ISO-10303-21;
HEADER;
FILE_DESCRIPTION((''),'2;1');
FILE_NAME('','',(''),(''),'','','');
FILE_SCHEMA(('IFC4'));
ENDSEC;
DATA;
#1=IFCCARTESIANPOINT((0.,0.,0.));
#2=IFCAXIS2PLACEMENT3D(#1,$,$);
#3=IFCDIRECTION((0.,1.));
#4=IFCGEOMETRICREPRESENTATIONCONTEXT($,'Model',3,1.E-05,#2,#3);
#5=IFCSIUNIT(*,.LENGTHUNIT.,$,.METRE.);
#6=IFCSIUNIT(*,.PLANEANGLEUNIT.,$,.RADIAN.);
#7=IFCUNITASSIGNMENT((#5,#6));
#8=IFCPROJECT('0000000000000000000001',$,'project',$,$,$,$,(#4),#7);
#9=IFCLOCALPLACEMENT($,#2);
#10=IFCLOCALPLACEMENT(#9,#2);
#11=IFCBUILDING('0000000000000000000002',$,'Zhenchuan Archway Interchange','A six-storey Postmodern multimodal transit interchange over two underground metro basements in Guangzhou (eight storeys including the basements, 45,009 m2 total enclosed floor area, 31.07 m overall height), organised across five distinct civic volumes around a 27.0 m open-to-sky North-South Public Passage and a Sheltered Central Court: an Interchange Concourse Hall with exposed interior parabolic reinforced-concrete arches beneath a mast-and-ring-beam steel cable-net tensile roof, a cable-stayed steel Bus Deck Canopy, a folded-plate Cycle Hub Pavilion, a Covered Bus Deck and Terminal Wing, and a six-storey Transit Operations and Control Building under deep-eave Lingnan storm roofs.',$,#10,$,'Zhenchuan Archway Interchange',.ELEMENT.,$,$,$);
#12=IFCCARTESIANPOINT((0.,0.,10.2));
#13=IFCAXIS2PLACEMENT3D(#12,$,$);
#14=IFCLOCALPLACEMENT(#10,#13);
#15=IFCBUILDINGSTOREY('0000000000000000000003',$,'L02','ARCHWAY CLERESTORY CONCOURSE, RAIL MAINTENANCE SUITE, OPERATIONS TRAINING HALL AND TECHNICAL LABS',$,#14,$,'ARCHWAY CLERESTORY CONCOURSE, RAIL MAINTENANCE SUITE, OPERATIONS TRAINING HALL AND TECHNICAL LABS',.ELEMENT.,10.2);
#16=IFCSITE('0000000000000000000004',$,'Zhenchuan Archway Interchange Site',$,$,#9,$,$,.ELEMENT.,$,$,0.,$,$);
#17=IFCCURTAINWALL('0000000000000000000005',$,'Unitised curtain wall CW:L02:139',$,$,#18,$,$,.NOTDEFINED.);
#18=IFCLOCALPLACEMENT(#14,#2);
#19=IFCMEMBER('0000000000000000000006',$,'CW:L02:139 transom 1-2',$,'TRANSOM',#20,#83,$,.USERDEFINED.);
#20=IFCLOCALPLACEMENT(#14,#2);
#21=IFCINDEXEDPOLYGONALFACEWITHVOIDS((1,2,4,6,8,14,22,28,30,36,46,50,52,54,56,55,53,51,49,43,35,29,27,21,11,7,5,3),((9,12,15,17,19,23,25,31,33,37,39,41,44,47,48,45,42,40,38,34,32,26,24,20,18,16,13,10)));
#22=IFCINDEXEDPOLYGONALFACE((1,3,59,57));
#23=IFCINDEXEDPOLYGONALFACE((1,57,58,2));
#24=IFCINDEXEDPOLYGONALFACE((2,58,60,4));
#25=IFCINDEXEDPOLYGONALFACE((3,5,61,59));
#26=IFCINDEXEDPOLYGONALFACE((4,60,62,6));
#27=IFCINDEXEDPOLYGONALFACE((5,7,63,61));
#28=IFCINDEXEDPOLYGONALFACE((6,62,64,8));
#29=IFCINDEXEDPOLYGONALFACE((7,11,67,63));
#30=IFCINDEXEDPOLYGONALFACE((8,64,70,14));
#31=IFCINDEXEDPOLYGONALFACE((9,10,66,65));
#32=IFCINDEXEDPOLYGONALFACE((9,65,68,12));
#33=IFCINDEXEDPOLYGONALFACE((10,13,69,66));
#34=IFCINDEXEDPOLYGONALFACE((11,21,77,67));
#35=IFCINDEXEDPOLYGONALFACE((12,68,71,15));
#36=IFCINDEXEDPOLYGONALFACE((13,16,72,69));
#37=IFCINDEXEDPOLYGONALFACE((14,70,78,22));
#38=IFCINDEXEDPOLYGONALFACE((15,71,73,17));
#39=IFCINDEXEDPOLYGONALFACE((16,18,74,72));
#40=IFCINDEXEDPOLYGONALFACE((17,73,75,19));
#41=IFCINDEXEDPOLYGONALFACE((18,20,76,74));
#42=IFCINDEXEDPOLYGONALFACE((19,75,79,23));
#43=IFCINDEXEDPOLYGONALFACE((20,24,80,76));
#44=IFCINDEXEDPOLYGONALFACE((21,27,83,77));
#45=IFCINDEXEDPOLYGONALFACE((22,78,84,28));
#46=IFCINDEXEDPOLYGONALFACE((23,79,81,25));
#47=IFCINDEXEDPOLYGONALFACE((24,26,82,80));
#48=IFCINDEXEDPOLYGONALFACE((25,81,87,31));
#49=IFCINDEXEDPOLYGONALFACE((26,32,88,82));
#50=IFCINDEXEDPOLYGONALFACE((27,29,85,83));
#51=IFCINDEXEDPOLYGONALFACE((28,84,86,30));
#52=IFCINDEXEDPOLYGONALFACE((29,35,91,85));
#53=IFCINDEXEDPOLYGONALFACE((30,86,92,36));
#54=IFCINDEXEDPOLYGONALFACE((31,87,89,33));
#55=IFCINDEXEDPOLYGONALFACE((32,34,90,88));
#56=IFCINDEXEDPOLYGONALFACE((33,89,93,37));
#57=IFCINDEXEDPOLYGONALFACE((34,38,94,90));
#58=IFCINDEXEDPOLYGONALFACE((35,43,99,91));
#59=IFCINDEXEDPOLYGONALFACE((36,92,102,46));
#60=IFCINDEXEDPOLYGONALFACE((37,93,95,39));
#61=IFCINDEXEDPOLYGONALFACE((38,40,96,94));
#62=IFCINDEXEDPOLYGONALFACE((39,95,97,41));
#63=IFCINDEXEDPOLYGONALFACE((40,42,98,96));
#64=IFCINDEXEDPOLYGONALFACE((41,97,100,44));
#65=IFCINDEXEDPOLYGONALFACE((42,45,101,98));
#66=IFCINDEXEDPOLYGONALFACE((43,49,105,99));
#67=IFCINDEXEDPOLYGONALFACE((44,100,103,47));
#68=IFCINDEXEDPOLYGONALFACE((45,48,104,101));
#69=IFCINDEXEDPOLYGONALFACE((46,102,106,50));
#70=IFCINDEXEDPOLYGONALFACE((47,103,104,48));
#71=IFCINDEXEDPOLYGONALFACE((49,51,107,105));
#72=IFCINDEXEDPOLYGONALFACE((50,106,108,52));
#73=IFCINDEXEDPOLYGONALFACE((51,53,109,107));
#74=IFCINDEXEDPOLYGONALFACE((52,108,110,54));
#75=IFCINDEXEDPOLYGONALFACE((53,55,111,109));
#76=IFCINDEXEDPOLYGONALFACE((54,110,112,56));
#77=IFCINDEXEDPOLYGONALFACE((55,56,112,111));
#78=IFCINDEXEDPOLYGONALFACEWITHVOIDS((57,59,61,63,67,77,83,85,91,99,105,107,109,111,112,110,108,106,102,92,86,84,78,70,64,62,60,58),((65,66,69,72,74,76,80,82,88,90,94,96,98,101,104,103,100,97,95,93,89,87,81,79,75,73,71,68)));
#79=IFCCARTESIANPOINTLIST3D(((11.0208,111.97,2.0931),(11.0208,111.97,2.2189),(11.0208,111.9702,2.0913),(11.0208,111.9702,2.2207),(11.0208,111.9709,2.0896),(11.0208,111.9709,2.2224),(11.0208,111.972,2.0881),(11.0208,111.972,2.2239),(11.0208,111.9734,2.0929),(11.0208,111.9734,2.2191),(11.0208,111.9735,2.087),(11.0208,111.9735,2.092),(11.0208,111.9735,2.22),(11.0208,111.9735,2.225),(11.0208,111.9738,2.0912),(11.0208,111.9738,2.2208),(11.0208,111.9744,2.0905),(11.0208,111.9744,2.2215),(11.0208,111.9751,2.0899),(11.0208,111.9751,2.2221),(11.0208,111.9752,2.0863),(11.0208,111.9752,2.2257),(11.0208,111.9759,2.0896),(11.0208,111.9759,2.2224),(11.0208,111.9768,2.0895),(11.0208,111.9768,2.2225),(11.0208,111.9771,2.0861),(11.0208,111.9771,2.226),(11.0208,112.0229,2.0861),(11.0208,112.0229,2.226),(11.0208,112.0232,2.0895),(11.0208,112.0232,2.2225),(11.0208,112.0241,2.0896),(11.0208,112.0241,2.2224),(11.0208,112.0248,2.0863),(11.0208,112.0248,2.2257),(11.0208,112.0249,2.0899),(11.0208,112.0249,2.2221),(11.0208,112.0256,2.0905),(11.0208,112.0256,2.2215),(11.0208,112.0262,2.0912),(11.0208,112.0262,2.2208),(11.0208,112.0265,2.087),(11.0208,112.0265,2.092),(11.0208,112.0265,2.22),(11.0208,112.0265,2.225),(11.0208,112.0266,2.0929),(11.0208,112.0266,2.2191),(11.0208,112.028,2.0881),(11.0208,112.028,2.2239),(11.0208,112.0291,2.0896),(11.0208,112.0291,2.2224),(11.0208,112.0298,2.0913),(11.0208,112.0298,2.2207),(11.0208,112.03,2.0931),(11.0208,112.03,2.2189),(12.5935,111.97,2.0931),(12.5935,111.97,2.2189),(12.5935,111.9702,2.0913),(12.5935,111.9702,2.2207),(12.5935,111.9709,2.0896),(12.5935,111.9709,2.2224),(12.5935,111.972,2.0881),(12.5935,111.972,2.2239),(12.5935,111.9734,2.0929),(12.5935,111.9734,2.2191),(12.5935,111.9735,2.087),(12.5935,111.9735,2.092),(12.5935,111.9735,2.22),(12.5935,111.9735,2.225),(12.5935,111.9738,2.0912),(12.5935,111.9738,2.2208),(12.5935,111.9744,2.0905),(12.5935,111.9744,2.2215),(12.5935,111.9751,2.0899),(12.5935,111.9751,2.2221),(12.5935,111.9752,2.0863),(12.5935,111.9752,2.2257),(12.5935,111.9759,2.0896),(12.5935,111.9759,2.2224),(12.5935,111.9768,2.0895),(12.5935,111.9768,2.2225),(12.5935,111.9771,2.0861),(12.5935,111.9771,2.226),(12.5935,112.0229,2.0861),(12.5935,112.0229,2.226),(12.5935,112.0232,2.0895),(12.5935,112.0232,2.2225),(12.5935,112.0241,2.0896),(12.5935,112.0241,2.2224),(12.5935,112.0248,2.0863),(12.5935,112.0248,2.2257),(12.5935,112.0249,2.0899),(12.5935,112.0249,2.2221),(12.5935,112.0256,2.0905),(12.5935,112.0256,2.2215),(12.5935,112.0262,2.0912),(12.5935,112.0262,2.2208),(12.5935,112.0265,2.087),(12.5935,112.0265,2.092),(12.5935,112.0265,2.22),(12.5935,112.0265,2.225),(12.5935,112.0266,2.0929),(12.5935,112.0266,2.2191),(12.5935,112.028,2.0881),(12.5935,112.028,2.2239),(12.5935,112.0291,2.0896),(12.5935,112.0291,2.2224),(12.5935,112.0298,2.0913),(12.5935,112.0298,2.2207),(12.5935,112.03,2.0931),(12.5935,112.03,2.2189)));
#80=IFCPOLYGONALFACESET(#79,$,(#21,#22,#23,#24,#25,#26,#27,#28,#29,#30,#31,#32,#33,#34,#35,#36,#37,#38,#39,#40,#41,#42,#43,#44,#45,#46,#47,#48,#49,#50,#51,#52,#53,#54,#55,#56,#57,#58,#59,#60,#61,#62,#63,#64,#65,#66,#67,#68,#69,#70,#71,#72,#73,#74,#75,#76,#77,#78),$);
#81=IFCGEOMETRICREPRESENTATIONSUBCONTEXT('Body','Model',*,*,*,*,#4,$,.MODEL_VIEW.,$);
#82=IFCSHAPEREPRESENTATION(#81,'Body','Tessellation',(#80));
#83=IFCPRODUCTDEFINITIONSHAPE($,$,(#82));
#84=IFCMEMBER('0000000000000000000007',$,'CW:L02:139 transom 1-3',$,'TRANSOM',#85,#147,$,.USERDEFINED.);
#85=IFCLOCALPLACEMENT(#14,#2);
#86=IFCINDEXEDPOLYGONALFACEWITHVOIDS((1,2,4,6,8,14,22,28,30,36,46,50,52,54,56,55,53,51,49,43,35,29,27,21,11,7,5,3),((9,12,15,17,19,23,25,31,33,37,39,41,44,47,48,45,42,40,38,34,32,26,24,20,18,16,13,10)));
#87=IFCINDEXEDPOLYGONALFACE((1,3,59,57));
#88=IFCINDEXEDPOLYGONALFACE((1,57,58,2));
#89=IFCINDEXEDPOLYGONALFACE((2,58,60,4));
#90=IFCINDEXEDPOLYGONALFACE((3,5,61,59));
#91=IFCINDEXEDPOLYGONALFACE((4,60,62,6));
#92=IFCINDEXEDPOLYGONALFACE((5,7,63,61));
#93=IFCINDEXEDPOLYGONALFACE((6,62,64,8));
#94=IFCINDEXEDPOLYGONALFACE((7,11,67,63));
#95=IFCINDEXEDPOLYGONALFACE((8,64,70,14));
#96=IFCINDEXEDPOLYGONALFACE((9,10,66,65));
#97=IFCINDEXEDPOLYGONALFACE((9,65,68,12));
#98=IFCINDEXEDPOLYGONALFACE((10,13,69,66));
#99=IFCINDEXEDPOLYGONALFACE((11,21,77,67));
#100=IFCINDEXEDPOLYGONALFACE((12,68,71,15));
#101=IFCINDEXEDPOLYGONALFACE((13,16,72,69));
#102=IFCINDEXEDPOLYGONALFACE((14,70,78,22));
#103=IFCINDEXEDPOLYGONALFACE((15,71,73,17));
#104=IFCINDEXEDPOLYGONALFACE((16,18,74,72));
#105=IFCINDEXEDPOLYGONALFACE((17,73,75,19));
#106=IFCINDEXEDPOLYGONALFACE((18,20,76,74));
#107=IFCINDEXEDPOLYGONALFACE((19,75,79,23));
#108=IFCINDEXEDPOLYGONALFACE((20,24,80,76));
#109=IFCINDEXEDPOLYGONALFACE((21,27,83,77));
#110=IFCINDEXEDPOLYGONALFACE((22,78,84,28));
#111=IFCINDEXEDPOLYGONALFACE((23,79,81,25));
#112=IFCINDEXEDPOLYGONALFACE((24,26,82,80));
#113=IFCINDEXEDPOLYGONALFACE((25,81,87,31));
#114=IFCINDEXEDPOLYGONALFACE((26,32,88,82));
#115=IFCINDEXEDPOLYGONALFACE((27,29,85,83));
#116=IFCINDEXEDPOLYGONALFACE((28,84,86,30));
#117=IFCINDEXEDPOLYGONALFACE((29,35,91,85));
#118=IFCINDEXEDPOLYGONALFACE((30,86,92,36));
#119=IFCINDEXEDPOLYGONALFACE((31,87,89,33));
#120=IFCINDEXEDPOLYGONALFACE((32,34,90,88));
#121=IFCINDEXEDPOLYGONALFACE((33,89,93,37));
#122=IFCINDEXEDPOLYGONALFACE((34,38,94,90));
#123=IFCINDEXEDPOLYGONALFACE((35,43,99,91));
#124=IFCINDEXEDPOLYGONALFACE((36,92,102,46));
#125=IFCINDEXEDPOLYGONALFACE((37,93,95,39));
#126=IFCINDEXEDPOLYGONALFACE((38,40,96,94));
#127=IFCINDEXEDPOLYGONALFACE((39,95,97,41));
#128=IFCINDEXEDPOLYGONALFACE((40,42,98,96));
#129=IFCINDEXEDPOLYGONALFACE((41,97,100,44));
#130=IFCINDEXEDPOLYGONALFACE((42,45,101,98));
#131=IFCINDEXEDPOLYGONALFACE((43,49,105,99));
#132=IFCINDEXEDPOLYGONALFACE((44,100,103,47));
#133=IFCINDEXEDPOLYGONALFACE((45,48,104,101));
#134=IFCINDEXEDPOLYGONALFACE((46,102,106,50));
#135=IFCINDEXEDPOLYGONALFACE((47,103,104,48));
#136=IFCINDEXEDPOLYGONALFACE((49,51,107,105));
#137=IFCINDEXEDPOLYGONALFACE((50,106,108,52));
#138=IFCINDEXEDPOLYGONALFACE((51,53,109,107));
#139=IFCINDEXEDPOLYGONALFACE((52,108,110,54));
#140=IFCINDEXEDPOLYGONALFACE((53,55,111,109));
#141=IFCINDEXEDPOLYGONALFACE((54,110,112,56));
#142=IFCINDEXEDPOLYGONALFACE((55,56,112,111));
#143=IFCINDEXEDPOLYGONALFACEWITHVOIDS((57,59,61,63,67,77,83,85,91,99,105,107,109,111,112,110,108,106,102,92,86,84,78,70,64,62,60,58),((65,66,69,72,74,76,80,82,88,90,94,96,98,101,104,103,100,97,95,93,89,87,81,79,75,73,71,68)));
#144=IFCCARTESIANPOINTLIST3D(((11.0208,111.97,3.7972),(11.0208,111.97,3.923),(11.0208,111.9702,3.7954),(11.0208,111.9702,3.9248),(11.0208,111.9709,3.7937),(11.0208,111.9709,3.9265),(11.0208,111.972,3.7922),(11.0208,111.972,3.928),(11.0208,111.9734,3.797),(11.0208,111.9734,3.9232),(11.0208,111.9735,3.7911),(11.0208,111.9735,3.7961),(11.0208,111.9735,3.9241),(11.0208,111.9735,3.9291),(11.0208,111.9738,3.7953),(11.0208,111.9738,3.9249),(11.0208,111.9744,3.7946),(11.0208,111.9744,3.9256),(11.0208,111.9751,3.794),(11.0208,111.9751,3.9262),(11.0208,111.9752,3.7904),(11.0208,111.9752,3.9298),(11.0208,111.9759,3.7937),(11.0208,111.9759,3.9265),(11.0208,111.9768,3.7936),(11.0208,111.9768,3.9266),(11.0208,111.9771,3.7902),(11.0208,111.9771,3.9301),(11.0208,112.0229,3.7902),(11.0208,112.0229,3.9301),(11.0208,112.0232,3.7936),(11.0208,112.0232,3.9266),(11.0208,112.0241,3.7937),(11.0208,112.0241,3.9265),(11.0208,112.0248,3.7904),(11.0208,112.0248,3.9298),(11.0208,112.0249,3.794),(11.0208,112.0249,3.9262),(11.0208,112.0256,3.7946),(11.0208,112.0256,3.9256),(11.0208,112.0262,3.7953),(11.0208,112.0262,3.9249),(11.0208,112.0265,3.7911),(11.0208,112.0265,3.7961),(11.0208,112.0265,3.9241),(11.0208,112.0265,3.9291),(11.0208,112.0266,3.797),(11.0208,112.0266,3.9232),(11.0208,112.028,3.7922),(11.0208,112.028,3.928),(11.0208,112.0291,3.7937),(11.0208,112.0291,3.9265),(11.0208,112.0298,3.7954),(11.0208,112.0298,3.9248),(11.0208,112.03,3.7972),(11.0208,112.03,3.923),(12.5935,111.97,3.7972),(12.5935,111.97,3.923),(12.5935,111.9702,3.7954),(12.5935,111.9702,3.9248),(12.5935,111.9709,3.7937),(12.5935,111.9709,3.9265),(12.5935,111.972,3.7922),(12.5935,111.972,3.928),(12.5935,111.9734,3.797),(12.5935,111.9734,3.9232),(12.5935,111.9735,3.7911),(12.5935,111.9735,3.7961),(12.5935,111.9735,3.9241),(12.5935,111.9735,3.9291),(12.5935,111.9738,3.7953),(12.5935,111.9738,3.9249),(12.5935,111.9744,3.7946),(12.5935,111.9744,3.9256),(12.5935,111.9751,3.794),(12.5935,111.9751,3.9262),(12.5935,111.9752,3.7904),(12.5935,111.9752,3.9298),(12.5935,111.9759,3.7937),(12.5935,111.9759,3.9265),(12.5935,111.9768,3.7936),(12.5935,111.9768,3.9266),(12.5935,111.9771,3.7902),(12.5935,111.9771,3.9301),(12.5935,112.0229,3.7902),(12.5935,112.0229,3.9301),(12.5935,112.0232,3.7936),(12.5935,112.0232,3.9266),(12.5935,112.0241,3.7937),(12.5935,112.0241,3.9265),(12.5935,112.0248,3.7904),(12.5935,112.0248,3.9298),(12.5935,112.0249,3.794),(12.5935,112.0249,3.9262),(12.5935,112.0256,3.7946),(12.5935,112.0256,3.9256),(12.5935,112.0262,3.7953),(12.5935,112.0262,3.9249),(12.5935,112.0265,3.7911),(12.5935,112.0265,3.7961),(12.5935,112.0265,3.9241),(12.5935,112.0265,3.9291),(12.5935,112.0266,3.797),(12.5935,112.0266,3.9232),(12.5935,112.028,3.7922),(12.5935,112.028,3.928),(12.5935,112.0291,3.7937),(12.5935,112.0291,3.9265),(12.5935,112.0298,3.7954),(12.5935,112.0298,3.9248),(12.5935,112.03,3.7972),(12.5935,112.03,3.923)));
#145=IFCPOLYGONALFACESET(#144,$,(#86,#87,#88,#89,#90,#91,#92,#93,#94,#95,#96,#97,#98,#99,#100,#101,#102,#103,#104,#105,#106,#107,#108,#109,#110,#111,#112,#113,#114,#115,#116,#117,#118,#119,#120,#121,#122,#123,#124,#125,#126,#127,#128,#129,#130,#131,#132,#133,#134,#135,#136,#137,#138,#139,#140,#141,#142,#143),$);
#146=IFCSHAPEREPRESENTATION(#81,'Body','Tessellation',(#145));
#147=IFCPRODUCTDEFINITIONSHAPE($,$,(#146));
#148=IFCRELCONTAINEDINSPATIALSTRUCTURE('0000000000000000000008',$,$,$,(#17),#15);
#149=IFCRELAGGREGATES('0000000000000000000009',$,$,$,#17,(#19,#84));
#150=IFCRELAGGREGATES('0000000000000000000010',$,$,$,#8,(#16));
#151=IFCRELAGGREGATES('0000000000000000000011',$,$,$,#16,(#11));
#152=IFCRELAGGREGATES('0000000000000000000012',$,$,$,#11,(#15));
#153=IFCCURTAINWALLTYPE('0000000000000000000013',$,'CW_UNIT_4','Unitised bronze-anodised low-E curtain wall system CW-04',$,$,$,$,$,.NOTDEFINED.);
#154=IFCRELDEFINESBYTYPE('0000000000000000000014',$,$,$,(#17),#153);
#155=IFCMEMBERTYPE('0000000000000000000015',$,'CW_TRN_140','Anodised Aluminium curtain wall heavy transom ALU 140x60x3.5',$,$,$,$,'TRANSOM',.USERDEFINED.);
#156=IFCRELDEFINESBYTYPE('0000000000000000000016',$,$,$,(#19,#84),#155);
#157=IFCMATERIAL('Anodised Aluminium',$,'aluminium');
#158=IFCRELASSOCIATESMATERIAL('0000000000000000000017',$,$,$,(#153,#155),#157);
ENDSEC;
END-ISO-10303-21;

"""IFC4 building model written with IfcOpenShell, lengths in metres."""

from ifc_helpers import new_model, si_unit, direction, frame, origin, origin_2d, place, context, subcontext, project, spatial, hollow_rectangle, extrude, material, material_profile, profile_set, type_object, element, aggregate, save


model = new_model("IFC4")

# Units and contexts
model_context = context("Model", 3, precision=1e-05, world=origin(), true_north=direction((0.0, 1.0)))
body_context = subcontext(model_context, "Body", "Model", "MODEL_VIEW")
ifc_project = project(units=[si_unit("LENGTHUNIT", "METRE"), si_unit("PLANEANGLEUNIT", "RADIAN")], contexts=[model_context])

# Site, building, storey
site_placement = place(None, origin())
site = spatial("IfcSite", under=ifc_project, at=site_placement, Name="Zhenchuan Archway Interchange Site", CompositionType="ELEMENT", RefElevation=0.0)
building_placement = place(site_placement, origin())
building = spatial("IfcBuilding", under=site, at=building_placement, Name="Zhenchuan Archway Interchange", Description="A six-storey Postmodern multimodal transit interchange over two underground metro basements in Guangzhou (eight storeys including the basements, 45,009 m2 total enclosed floor area, 31.07 m overall height), organised across five distinct civic volumes around a 27.0 m open-to-sky North-South Public Passage and a Sheltered Central Court: an Interchange Concourse Hall with exposed interior parabolic reinforced-concrete arches beneath a mast-and-ring-beam steel cable-net tensile roof, a cable-stayed steel Bus Deck Canopy, a folded-plate Cycle Hub Pavilion, a Covered Bus Deck and Terminal Wing, and a six-storey Transit Operations and Control Building under deep-eave Lingnan storm roofs.", LongName="Zhenchuan Archway Interchange", CompositionType="ELEMENT")
storey_placement = place(building_placement, frame((0.0, 0.0, 10.2)))
storey = spatial("IfcBuildingStorey", under=building, at=storey_placement, Name="L02", Description="ARCHWAY CLERESTORY CONCOURSE, RAIL MAINTENANCE SUITE, OPERATIONS TRAINING HALL AND TECHNICAL LABS", LongName="ARCHWAY CLERESTORY CONCOURSE, RAIL MAINTENANCE SUITE, OPERATIONS TRAINING HALL AND TECHNICAL LABS", CompositionType="ELEMENT", Elevation=10.2)

# Shared definitions
ifc_material_1 = material(Name="Anodised Aluminium", Category="aluminium")

# Curtain wall, members
curtain_wall_type_1 = type_object("IfcCurtainWallType", Name="CW_UNIT_4", Description="Unitised bronze-anodised low-E curtain wall system CW-04", PredefinedType="NOTDEFINED", material=ifc_material_1)
curtain_wall_1_placement = place(storey_placement, origin())
curtain_wall_1 = element("IfcCurtainWall", 1, at=curtain_wall_1_placement, inside=storey, type_object=curtain_wall_type_1, Name="Unitised curtain wall CW:L02:139", PredefinedType="NOTDEFINED")
ifc_material_profile_1 = material_profile(ifc_material_1, hollow_rectangle(XDim=0.0601, YDim=0.1399, WallThickness=0.0034, InnerFilletRadius=0.0034, OuterFilletRadius=0.0071, at=origin_2d()), Name="ALU 140x60x3.5")
ifc_profile_set_1 = profile_set([ifc_material_profile_1], Name="Anodised Aluminium")
member_type_1 = type_object("IfcMemberType", Name="CW_TRN_140", Description="Anodised Aluminium curtain wall heavy transom ALU 140x60x3.5", ElementType="TRANSOM", PredefinedType="USERDEFINED", material=ifc_profile_set_1)
member_1_placement = place(storey_placement, frame((11.0208, 112.0, 2.156), z_axis=(1.0, 0.0, 0.0), x_axis=(0.0, 1.0, 0.0)))
member_1 = element("IfcMember", 2, at=member_1_placement, type_object=member_type_1, Name="CW:L02:139 transom 1-2", ObjectType="TRANSOM", PredefinedType="USERDEFINED", context=body_context, shape_type="SweptSolid", body=[
    extrude(hollow_rectangle(XDim=0.0601, YDim=0.1399, WallThickness=0.0034, InnerFilletRadius=0.0034, OuterFilletRadius=0.0071, at=origin_2d()), origin(), (0.0, 0.0, 1.0), 1.5728),
])
member_2_placement = place(storey_placement, frame((11.0208, 112.0, 3.8601), z_axis=(1.0, 0.0, 0.0), x_axis=(0.0, 1.0, 0.0)))
member_2 = element("IfcMember", 3, at=member_2_placement, type_object=member_type_1, Name="CW:L02:139 transom 1-3", ObjectType="TRANSOM", PredefinedType="USERDEFINED", context=body_context, shape_type="SweptSolid", body=[
    extrude(hollow_rectangle(XDim=0.0601, YDim=0.1399, WallThickness=0.0034, InnerFilletRadius=0.0034, OuterFilletRadius=0.0071, at=origin_2d()), origin(), (0.0, 0.0, 1.0), 1.5728),
])

aggregate(curtain_wall_1, [member_1, member_2])

save(model, "model.ifc")
